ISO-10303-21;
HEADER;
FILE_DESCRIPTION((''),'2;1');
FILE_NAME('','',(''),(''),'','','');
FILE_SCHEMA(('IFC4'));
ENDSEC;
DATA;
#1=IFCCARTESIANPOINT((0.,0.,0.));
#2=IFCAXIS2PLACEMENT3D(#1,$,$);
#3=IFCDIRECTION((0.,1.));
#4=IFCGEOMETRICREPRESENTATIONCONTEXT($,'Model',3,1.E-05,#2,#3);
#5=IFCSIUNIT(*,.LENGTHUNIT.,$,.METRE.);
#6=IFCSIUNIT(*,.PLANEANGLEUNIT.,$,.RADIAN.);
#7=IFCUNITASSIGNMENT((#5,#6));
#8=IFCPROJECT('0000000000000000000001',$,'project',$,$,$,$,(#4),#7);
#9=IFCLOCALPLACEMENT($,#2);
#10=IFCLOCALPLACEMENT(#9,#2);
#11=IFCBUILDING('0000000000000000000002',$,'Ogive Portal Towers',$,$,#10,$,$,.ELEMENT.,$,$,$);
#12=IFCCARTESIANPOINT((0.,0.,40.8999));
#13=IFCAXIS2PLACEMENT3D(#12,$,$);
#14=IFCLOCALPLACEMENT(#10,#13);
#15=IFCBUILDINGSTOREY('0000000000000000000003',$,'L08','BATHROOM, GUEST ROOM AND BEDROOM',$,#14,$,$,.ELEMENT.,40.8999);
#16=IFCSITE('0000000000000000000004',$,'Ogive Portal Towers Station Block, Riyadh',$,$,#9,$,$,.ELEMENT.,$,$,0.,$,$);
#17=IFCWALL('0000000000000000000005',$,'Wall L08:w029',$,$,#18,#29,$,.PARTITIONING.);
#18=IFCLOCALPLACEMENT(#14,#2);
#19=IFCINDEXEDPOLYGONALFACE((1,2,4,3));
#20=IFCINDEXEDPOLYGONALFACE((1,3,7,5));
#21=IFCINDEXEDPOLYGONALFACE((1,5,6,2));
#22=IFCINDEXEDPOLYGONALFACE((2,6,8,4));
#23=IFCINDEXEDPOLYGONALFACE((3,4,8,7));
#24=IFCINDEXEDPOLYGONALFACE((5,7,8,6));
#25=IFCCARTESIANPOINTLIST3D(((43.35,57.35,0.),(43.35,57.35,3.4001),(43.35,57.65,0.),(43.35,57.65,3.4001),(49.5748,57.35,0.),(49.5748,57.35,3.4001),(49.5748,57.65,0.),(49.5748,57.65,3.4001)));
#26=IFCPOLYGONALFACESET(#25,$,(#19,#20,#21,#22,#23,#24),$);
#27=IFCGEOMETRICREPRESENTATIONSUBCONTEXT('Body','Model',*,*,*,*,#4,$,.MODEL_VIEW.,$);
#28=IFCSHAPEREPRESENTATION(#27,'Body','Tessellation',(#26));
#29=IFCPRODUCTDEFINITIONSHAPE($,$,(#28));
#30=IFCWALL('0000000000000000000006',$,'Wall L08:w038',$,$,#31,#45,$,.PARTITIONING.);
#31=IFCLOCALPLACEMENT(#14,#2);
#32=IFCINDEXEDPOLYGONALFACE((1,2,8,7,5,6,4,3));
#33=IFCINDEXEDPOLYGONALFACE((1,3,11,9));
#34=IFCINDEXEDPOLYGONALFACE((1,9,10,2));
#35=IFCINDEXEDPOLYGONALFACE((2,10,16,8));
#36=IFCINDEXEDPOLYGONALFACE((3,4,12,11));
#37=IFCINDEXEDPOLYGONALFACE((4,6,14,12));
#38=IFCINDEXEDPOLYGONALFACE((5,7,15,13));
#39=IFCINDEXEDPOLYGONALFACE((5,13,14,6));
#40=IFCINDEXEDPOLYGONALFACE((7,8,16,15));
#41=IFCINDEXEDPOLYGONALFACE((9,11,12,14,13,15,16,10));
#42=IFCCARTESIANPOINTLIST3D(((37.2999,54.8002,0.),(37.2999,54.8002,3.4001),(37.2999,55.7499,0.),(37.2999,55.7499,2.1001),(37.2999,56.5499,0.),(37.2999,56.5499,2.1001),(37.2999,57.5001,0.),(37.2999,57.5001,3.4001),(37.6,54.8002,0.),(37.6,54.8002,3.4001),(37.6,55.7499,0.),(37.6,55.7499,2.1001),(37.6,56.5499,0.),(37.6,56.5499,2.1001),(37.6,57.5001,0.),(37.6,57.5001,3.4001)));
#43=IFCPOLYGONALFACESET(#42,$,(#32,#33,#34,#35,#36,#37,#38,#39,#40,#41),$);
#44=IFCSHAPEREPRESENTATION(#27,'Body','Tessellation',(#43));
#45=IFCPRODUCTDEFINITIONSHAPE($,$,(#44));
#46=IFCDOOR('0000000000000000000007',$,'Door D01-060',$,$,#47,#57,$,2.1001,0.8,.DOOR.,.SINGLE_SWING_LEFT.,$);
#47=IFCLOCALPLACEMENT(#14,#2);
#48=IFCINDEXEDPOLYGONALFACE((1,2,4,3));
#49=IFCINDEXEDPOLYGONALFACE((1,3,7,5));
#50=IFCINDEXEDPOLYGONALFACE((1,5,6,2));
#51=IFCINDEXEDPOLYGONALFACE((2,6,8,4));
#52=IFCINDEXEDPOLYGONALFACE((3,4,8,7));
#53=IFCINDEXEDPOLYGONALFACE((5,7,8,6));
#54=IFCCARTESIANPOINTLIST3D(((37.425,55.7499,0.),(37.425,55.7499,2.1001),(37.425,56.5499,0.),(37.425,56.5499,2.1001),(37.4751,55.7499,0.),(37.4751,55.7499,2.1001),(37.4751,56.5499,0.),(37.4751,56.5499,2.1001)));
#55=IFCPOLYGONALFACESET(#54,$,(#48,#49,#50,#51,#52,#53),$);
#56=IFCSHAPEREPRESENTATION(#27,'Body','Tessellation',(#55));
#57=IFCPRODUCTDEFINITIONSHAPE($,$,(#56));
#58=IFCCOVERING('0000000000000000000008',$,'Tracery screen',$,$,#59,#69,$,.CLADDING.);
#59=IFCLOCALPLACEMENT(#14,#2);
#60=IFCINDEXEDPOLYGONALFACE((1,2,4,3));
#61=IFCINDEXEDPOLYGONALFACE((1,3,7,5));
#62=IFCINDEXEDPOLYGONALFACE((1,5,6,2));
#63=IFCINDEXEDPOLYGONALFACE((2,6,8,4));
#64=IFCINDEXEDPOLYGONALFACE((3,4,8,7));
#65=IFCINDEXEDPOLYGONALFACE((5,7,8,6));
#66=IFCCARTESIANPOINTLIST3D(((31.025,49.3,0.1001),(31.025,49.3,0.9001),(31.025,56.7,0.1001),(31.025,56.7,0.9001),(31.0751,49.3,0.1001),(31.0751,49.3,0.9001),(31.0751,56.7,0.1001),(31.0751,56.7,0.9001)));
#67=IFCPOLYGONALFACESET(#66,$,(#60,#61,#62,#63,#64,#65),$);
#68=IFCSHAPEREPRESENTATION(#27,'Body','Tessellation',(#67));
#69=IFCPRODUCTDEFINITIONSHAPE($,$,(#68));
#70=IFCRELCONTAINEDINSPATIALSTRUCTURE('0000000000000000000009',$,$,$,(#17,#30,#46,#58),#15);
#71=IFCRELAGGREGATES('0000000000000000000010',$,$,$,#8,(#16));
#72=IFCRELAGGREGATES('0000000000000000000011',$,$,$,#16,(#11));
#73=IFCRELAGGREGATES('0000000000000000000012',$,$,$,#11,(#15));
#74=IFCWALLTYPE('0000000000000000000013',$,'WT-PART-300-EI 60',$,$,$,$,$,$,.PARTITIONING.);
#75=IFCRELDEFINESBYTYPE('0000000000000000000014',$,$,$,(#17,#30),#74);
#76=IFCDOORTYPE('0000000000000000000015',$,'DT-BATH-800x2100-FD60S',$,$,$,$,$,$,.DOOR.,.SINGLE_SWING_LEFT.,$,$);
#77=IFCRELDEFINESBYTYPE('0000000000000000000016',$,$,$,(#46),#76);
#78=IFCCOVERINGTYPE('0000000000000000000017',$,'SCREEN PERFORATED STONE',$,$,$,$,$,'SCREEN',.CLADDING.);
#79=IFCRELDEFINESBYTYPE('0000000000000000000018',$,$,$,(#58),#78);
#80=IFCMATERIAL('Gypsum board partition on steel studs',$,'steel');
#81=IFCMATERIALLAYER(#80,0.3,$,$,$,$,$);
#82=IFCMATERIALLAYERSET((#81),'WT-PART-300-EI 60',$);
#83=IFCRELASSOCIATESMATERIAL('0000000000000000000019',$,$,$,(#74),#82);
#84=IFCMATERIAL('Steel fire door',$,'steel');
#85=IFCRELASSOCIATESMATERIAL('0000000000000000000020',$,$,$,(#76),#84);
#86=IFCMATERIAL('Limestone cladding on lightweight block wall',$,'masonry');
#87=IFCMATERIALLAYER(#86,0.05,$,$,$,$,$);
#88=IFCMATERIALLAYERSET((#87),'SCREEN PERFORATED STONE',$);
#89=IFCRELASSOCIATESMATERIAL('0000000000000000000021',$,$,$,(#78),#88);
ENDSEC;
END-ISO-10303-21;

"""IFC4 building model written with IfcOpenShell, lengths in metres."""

from ifc_helpers import new_model, si_unit, direction, frame, frame_2d, origin, origin_2d, place, context, subcontext, project, spatial, rectangle, extrude, material, layer, layer_set, type_object, element, fill, save


model = new_model("IFC4")

# Units and contexts
model_context = context("Model", 3, precision=1e-05, world=origin(), true_north=direction((0.0, 1.0)))
body_context = subcontext(model_context, "Body", "Model", "MODEL_VIEW")
ifc_project = project(units=[si_unit("LENGTHUNIT", "METRE"), si_unit("PLANEANGLEUNIT", "RADIAN")], contexts=[model_context])

# Site, building, storey
site_placement = place(None, origin())
site = spatial("IfcSite", under=ifc_project, at=site_placement, Name="Ogive Portal Towers Station Block, Riyadh", CompositionType="ELEMENT", RefElevation=0.0)
building_placement = place(site_placement, origin())
building = spatial("IfcBuilding", under=site, at=building_placement, Name="Ogive Portal Towers", CompositionType="ELEMENT")
storey_placement = place(building_placement, frame((0.0, 0.0, 40.8999)))
storey = spatial("IfcBuildingStorey", under=building, at=storey_placement, Name="L08", Description="BATHROOM, GUEST ROOM AND BEDROOM", CompositionType="ELEMENT", Elevation=40.8999)

# Shared definitions
ifc_material_1 = material(Name="Limestone cladding on lightweight block wall", Category="masonry")

# Wall
ifc_material_2 = material(Name="Gypsum board partition on steel studs", Category="steel")
ifc_layer_1 = layer(ifc_material_2, 0.3)
ifc_layer_set_1 = layer_set([ifc_layer_1], Name="WT-PART-300-EI 60")
wall_type_1 = type_object("IfcWallType", Name="WT-PART-300-EI 60", PredefinedType="PARTITIONING", material=ifc_layer_set_1)
wall_1_placement = place(storey_placement, frame((43.3501, 57.5, 0.0), z_axis=(0.0, 0.0, 1.0), x_axis=(1.0, 0.0, 0.0)))
element("IfcWall", 1, at=wall_1_placement, inside=storey, type_object=wall_type_1, Name="Wall L08:w029", PredefinedType="PARTITIONING", context=body_context, shape_type="SweptSolid", body=[
    extrude(rectangle(XDim=6.2249, YDim=0.3, at=frame_2d((3.1123, 0.0))), origin(), (0.0, 0.0, 1.0), 3.4001),
])

# Wall, opening, door
wall_2_placement = place(storey_placement, frame((37.45, 54.8, 0.0), z_axis=(0.0, 0.0, 1.0), x_axis=(0.0, 1.0, 0.0)))
wall_2 = element("IfcWall", 2, at=wall_2_placement, inside=storey, type_object=wall_type_1, Name="Wall L08:w038", PredefinedType="PARTITIONING", context=body_context, shape_type="SweptSolid", body=[
    extrude(rectangle(XDim=2.7, YDim=0.3, at=frame_2d((1.3501, 0.0))), origin(), (0.0, 0.0, 1.0), 3.4001),
])
opening_1_placement = place(wall_2_placement, frame((0.95, 0.0, 0.0)))
opening_1 = element("IfcOpeningElement", 3, at=opening_1_placement, cuts=wall_2, PredefinedType="OPENING", context=body_context, shape_type="SweptSolid", body=[
    extrude(rectangle(XDim=0.8, YDim=2.1001, at=frame_2d((0.3999, 1.05))), frame((0.0, 0.1602, 0.0), z_axis=(0.0, -1.0, 0.0), x_axis=(1.0, 0.0, 0.0)), (0.0, 0.0, 1.0), 0.3201),
])
ifc_material_3 = material(Name="Steel fire door", Category="steel")
door_type = type_object("IfcDoorType", Name="DT-BATH-800x2100-FD60S", OperationType="SINGLE_SWING_LEFT", PredefinedType="DOOR", material=ifc_material_3)
door_placement = place(opening_1_placement, origin())
door = element("IfcDoor", 4, at=door_placement, inside=storey, type_object=door_type, Name="Door D01-060", OperationType="SINGLE_SWING_LEFT", OverallHeight=2.1001, OverallWidth=0.8, PredefinedType="DOOR", context=body_context, shape_type="SweptSolid", body=[
    extrude(rectangle(XDim=0.8, YDim=2.1001, at=frame_2d((0.3999, 1.05))), frame((0.0, 0.0249, 0.0), z_axis=(0.0, -1.0, 0.0), x_axis=(1.0, 0.0, 0.0)), (0.0, 0.0, 1.0), 0.05),
])
fill(opening_1, door)

# Covering
ifc_layer_2 = layer(ifc_material_1, 0.05)
ifc_layer_set_2 = layer_set([ifc_layer_2], Name="SCREEN PERFORATED STONE")
covering_type = type_object("IfcCoveringType", Name="SCREEN PERFORATED STONE", ElementType="SCREEN", PredefinedType="CLADDING", material=ifc_layer_set_2)
covering_placement = place(storey_placement, frame((31.05, 53.0, 0.1001), z_axis=(0.0, 0.0, 1.0), x_axis=(0.0, -1.0, 0.0)))
element("IfcCovering", 5, at=covering_placement, inside=storey, type_object=covering_type, Name="Tracery screen", PredefinedType="CLADDING", context=body_context, shape_type="SweptSolid", body=[
    extrude(rectangle(XDim=7.3999, YDim=0.05, at=origin_2d()), origin(), (0.0, 0.0, 1.0), 0.8),
])

save(model, "model.ifc")
